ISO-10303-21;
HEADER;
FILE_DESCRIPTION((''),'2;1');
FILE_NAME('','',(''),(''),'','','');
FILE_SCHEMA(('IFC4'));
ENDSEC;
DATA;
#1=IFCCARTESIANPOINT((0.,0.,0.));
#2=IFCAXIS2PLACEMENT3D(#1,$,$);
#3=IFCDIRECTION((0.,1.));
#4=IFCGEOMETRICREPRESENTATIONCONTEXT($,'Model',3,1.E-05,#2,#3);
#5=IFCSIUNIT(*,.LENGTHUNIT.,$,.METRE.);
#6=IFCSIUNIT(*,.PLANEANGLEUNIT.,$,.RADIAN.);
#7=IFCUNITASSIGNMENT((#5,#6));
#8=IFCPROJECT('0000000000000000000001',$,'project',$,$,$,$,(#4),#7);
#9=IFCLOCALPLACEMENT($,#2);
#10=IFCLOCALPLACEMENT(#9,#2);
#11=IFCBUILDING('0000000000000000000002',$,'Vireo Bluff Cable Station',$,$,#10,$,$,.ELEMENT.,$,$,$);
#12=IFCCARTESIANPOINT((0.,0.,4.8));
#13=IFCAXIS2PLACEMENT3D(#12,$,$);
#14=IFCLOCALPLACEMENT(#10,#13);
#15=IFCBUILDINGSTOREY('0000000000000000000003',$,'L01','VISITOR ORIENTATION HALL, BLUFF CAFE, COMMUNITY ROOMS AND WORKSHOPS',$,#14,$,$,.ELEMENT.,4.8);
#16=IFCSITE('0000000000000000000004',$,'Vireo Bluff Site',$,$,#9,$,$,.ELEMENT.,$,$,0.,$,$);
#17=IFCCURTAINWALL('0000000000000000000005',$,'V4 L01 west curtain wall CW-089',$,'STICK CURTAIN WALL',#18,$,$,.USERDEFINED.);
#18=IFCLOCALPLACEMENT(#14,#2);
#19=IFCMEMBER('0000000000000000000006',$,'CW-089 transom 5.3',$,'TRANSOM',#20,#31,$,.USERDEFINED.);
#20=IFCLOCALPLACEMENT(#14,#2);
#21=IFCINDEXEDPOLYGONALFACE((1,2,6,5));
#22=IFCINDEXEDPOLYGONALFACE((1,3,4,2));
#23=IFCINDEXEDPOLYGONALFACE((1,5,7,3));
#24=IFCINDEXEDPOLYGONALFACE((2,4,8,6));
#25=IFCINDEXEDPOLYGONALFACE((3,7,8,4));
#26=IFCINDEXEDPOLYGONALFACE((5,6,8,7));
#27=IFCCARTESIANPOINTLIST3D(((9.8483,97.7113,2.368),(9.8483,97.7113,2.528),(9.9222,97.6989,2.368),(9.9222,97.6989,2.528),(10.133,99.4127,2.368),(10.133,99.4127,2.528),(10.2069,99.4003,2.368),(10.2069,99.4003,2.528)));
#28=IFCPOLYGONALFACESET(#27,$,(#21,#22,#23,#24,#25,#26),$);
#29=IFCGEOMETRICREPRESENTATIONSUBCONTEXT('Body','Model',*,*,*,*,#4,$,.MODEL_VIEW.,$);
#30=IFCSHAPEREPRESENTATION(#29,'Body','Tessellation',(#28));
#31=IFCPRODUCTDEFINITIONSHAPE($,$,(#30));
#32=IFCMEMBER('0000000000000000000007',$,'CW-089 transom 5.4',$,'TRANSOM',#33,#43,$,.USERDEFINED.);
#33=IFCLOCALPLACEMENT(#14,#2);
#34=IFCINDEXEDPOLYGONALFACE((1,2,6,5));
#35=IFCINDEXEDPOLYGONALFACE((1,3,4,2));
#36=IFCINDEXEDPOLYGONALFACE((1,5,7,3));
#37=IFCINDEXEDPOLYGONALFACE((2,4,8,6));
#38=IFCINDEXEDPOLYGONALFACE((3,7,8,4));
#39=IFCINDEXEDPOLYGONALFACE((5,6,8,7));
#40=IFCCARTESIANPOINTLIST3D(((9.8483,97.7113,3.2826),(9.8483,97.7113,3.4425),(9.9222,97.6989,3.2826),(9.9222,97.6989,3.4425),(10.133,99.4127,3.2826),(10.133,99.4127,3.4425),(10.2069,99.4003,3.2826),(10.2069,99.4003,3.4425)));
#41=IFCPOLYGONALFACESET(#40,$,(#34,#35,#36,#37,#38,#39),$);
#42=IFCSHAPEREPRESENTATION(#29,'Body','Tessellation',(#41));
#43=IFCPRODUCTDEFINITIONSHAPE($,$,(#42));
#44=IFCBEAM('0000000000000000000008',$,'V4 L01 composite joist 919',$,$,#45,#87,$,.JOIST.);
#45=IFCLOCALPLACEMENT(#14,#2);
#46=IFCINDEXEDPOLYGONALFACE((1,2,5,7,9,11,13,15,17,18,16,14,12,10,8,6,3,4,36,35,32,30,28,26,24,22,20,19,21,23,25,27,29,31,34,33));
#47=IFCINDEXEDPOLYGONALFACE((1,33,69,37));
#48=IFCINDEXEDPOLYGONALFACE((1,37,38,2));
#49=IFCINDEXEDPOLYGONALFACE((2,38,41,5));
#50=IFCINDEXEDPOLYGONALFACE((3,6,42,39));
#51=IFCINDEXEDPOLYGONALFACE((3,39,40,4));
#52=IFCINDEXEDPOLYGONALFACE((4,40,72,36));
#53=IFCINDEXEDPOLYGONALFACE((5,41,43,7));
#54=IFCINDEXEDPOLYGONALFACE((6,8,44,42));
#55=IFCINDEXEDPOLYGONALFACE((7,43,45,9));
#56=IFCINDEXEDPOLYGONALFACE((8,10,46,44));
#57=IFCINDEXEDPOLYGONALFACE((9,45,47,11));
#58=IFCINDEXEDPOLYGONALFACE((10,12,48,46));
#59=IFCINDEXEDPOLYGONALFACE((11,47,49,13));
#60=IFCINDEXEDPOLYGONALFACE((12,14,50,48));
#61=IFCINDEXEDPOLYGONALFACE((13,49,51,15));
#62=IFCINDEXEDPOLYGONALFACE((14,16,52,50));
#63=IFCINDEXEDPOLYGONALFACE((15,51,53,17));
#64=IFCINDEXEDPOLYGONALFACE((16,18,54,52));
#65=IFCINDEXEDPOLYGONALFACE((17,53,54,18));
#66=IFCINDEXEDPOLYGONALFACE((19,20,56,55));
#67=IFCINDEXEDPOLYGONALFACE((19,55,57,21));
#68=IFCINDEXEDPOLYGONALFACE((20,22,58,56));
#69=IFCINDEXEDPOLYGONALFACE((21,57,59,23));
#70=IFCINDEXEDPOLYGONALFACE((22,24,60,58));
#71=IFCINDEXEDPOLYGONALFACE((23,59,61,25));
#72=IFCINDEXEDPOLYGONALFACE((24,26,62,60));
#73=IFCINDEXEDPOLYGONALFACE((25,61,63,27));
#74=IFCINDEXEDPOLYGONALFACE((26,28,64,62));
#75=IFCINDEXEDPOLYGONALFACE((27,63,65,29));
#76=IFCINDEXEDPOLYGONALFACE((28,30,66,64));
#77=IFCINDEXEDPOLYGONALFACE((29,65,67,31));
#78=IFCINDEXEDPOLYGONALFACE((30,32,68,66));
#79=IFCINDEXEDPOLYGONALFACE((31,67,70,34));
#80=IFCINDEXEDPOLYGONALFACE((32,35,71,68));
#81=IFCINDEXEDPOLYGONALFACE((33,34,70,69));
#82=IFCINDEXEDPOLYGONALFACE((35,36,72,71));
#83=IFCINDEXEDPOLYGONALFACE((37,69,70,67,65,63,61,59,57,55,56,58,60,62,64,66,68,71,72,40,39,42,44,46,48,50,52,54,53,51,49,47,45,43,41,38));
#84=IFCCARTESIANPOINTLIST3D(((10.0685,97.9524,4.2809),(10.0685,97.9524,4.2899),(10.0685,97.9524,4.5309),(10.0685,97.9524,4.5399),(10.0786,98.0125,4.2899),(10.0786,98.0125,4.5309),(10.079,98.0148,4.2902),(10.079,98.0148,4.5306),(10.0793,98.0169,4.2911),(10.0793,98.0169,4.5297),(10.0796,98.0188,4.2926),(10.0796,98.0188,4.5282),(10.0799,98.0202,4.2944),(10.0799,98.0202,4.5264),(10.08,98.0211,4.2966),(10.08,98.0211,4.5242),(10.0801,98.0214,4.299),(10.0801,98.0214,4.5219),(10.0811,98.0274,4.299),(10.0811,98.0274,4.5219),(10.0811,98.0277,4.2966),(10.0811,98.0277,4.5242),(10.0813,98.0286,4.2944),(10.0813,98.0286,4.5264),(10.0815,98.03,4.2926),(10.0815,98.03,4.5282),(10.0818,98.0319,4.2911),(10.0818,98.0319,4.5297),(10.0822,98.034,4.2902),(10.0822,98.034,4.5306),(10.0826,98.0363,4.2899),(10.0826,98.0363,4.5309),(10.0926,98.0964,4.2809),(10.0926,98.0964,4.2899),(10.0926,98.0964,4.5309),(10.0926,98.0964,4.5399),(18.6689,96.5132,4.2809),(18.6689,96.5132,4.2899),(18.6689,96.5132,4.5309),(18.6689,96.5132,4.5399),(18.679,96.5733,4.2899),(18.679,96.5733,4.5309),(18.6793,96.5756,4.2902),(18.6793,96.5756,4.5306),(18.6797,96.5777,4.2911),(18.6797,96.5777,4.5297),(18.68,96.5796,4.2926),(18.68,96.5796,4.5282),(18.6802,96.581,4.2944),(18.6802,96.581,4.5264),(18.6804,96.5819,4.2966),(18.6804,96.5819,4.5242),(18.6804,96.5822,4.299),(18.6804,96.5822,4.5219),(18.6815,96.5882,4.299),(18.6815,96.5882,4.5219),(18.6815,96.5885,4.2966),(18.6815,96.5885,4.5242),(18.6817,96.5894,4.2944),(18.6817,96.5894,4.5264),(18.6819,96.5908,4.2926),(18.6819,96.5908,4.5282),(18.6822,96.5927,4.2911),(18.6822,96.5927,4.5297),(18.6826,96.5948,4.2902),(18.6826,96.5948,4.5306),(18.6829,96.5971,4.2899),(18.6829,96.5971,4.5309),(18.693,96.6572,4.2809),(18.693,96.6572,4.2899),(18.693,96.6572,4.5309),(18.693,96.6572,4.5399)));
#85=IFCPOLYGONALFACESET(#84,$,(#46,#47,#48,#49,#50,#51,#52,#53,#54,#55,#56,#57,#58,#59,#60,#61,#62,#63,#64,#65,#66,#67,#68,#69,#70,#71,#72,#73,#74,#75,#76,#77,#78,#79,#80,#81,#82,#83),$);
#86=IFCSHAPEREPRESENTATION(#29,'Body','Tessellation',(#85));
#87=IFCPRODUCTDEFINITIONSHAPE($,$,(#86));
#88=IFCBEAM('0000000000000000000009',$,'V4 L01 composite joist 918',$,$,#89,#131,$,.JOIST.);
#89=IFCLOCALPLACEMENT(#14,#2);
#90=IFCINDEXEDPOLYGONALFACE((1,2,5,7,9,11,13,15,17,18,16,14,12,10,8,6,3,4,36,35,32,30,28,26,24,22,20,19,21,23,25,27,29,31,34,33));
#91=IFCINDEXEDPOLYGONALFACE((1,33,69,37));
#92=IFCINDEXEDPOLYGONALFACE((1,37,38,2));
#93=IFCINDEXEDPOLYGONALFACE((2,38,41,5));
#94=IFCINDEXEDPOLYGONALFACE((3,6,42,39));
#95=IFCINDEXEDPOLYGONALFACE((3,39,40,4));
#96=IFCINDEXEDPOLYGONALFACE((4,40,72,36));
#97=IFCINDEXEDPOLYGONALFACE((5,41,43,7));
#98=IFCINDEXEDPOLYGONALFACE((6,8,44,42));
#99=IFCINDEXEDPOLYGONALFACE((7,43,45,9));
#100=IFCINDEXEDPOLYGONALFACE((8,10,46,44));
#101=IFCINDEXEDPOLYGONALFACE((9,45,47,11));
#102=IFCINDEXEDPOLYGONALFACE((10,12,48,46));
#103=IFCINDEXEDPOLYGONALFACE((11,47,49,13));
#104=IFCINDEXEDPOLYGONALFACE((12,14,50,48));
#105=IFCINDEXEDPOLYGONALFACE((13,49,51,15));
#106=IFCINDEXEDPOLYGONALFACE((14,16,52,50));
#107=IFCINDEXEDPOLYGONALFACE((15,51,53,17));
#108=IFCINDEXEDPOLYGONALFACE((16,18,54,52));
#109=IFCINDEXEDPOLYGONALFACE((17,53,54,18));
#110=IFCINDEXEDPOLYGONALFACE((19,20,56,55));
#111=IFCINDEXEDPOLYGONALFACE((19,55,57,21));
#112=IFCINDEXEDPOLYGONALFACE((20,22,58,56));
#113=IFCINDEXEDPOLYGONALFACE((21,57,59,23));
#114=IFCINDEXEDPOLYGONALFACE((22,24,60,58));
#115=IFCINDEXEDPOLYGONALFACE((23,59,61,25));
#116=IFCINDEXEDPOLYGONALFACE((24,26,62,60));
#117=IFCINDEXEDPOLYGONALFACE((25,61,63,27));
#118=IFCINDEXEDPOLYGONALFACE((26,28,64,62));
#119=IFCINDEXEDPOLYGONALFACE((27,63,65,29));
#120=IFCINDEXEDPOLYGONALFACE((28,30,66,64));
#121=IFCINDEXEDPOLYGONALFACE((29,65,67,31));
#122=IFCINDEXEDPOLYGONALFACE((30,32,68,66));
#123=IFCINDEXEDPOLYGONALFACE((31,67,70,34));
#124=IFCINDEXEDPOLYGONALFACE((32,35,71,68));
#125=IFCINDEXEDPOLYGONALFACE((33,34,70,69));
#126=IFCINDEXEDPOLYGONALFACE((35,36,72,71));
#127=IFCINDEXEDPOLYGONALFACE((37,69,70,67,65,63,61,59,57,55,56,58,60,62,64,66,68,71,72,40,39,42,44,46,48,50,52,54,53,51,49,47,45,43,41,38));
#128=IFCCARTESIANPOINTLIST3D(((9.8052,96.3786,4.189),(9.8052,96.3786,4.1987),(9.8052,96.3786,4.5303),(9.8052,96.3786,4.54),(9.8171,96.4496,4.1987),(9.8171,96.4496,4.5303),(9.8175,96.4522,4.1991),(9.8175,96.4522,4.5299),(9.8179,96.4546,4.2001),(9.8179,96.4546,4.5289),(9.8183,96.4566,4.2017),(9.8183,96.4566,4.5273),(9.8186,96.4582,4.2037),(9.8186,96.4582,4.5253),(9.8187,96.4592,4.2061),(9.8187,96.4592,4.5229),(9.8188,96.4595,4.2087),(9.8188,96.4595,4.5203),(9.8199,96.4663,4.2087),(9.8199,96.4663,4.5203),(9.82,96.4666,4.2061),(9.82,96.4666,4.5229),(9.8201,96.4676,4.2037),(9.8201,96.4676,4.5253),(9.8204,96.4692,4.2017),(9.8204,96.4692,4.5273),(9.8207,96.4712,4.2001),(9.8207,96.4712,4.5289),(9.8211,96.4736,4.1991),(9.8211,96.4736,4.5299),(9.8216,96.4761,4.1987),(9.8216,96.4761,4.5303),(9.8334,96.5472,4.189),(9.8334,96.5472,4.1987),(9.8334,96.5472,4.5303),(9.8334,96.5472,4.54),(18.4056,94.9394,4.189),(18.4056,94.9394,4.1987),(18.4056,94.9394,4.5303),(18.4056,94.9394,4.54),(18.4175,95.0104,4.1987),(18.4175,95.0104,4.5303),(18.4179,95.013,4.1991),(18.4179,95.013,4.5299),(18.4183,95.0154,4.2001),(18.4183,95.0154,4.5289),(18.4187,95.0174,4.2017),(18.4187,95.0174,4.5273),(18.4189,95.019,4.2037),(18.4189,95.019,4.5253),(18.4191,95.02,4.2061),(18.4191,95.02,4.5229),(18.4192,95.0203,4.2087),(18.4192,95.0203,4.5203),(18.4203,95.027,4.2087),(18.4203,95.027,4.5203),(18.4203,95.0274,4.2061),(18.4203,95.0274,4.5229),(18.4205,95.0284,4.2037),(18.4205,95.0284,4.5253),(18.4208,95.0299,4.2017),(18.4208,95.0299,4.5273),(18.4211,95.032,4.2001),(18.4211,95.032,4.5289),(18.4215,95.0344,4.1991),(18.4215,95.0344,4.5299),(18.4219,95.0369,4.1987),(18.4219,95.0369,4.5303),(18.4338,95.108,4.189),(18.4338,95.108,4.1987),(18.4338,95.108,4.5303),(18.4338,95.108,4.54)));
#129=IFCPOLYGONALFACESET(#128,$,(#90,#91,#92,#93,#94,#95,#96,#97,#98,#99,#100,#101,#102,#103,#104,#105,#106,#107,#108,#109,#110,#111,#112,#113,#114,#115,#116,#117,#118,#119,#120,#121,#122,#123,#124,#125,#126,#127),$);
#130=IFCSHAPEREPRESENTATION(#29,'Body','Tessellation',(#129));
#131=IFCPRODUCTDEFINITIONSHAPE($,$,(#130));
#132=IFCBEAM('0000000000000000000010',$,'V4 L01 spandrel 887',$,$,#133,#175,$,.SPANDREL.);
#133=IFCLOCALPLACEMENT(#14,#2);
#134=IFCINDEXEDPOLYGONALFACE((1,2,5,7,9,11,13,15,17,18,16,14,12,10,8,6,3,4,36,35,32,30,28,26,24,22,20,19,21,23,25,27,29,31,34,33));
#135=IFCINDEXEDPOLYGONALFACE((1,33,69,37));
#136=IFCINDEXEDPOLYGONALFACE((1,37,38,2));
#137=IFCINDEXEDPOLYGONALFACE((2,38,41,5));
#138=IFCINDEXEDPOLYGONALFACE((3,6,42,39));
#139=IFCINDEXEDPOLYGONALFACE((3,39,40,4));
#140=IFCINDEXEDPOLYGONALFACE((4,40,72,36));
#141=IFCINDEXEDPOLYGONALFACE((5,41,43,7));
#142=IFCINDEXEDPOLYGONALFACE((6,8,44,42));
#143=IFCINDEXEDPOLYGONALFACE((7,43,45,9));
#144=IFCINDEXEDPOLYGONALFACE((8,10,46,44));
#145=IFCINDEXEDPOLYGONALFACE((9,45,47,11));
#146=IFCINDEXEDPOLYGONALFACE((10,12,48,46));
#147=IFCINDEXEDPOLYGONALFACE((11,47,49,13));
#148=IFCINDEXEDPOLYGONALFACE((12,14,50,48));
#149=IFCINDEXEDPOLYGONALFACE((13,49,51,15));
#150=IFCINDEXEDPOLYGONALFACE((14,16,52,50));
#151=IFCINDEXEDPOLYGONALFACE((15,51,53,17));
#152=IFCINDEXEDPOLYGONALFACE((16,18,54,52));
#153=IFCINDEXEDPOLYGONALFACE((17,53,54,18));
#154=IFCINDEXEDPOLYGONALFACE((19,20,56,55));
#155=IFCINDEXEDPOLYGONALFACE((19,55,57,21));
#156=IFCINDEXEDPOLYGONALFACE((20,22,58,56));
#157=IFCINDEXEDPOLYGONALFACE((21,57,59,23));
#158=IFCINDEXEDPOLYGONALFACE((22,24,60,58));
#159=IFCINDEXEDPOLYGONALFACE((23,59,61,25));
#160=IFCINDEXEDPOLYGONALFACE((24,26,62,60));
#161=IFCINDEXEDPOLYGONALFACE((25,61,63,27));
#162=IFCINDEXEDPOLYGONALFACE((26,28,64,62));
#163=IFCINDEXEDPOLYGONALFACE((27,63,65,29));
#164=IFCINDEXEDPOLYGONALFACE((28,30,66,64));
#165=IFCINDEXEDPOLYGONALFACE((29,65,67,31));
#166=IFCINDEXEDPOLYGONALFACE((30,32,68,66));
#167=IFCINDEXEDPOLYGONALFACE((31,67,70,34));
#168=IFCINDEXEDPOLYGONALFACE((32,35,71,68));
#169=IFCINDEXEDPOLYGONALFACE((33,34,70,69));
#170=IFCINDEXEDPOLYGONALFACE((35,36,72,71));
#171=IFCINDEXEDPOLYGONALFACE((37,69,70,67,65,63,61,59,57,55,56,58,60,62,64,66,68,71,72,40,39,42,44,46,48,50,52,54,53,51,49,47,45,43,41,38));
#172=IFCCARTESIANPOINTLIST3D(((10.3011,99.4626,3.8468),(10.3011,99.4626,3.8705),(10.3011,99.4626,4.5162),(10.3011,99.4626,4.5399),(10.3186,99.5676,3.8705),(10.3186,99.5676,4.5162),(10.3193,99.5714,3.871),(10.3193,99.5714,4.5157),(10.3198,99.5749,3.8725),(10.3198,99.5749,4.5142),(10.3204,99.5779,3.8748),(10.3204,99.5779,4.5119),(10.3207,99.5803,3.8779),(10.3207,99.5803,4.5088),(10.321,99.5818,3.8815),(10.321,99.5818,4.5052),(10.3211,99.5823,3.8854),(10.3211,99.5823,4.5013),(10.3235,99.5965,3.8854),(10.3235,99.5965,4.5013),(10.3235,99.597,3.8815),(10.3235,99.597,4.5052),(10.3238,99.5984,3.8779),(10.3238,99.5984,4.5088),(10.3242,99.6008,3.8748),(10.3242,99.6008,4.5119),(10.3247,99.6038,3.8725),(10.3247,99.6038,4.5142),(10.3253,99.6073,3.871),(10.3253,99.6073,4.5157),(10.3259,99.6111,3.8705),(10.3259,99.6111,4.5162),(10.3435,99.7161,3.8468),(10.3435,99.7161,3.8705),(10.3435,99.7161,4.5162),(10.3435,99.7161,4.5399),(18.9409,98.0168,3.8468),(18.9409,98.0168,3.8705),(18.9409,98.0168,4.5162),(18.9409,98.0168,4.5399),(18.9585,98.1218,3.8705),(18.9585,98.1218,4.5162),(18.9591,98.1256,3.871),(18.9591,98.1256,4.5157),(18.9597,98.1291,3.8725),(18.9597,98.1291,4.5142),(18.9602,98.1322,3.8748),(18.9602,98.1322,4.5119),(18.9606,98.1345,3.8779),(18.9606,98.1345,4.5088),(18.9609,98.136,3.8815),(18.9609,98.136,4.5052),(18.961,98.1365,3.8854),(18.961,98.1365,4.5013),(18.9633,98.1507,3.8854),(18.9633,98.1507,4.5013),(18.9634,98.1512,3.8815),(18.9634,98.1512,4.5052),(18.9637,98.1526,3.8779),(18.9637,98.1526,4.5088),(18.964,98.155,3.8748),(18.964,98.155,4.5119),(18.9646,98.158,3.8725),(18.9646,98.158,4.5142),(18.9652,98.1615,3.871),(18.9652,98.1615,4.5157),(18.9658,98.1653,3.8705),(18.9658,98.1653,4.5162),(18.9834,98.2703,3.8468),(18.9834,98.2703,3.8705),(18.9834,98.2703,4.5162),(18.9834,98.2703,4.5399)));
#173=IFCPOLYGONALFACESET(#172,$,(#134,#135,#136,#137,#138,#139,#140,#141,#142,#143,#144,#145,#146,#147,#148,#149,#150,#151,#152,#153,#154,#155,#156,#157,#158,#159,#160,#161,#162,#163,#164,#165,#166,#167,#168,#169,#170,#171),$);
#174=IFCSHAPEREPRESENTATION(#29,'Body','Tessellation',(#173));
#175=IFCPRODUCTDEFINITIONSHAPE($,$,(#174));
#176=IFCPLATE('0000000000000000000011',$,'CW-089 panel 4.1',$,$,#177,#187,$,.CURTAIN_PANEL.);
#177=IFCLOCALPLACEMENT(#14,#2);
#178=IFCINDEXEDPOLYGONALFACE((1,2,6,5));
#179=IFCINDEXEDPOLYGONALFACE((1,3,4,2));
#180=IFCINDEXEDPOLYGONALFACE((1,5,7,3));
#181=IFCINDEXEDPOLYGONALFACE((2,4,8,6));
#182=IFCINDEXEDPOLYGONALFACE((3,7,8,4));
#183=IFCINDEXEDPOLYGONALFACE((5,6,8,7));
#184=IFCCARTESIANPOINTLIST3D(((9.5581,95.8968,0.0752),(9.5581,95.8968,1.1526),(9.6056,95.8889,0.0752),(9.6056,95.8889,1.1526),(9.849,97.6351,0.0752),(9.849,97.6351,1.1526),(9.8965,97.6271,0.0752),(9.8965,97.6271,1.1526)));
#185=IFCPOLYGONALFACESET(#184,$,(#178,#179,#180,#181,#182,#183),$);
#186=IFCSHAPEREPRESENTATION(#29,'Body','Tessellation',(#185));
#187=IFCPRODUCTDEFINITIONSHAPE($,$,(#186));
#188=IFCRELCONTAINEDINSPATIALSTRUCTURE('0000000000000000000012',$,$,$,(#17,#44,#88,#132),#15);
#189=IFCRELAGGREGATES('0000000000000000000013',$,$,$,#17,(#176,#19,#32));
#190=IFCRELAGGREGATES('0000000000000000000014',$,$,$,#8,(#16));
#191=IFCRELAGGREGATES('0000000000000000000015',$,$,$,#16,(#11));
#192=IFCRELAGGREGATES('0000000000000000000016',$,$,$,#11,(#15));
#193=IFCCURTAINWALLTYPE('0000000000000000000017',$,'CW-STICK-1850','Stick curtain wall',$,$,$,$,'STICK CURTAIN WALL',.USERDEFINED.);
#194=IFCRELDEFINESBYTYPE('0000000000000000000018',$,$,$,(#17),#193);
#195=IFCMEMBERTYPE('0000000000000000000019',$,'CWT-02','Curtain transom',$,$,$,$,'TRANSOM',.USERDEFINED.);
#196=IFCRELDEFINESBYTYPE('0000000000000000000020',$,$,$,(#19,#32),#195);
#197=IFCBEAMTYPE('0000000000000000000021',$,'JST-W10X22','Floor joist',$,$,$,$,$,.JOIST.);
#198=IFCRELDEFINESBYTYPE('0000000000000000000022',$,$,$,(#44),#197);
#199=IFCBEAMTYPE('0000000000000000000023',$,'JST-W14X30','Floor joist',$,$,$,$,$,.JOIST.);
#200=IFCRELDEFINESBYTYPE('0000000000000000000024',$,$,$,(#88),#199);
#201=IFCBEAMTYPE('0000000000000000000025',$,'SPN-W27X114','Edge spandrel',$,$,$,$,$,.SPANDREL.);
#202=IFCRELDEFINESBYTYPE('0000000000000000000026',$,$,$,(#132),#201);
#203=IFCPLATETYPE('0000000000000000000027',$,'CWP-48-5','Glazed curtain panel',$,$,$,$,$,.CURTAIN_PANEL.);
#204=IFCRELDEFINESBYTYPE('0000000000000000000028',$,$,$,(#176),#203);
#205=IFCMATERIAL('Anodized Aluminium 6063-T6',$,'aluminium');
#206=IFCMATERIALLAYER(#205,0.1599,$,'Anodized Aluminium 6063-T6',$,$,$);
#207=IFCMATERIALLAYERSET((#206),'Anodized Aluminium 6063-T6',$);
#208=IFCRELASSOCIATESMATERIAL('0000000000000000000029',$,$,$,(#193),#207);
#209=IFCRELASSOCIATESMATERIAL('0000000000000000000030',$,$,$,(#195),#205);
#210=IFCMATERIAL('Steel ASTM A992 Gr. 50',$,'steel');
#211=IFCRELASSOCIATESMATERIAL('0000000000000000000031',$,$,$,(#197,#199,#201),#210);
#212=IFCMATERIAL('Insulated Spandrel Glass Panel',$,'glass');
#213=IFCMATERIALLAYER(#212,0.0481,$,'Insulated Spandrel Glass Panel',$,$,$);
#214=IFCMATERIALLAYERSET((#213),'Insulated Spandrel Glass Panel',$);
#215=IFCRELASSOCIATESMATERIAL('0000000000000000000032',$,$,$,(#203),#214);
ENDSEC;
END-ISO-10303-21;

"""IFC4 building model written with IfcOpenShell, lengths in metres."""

from ifc_helpers import new_model, si_unit, direction, frame, origin, origin_2d, place, context, subcontext, project, spatial, rectangle, i_section, extrude, material, layer, layer_set, material_profile, profile_set, type_object, element, aggregate, save


model = new_model("IFC4")

# Units and contexts
model_context = context("Model", 3, precision=1e-05, world=origin(), true_north=direction((0.0, 1.0)))
body_context = subcontext(model_context, "Body", "Model", "MODEL_VIEW")
ifc_project = project(units=[si_unit("LENGTHUNIT", "METRE"), si_unit("PLANEANGLEUNIT", "RADIAN")], contexts=[model_context])

# Site, building, storey
site_placement = place(None, origin())
site = spatial("IfcSite", under=ifc_project, at=site_placement, Name="Vireo Bluff Site", CompositionType="ELEMENT", RefElevation=0.0)
building_placement = place(site_placement, origin())
building = spatial("IfcBuilding", under=site, at=building_placement, Name="Vireo Bluff Cable Station", CompositionType="ELEMENT")
storey_placement = place(building_placement, frame((0.0, 0.0, 4.8)))
storey = spatial("IfcBuildingStorey", under=building, at=storey_placement, Name="L01", Description="VISITOR ORIENTATION HALL, BLUFF CAFE, COMMUNITY ROOMS AND WORKSHOPS", CompositionType="ELEMENT", Elevation=4.8)

# Shared definitions
ifc_material_1 = material(Name="Steel ASTM A992 Gr. 50", Category="steel")

# Curtain wall, members
ifc_material_2 = material(Name="Anodized Aluminium 6063-T6", Category="aluminium")
ifc_layer_1 = layer(ifc_material_2, 0.1599, Name="Anodized Aluminium 6063-T6")
ifc_layer_set_1 = layer_set([ifc_layer_1], Name="Anodized Aluminium 6063-T6")
curtain_wall_type = type_object("IfcCurtainWallType", Name="CW-STICK-1850", Description="Stick curtain wall", ElementType="STICK CURTAIN WALL", PredefinedType="USERDEFINED", material=ifc_layer_set_1)
curtain_wall_placement = place(storey_placement, origin())
curtain_wall = element("IfcCurtainWall", 1, at=curtain_wall_placement, inside=storey, type_object=curtain_wall_type, Name="V4 L01 west curtain wall CW-089", ObjectType="STICK CURTAIN WALL", PredefinedType="USERDEFINED")
ifc_material_profile_1 = material_profile(ifc_material_2, rectangle(XDim=0.075, YDim=0.1599, at=origin_2d()), Name="ALU-T-75X160")
ifc_profile_set_1 = profile_set([ifc_material_profile_1], Name="Anodized Aluminium 6063-T6")
member_type_1 = type_object("IfcMemberType", Name="CWT-02", Description="Curtain transom", ElementType="TRANSOM", PredefinedType="USERDEFINED", material=ifc_profile_set_1)
member_1_placement = place(storey_placement, frame((9.8853, 97.7051, 2.448), z_axis=(0.165019, 0.98629, 0.0), x_axis=(-0.98629, 0.165019, 0.0)))
member_1 = element("IfcMember", 2, at=member_1_placement, type_object=member_type_1, Name="CW-089 transom 5.3", ObjectType="TRANSOM", PredefinedType="USERDEFINED", context=body_context, shape_type="SweptSolid", body=[
    extrude(rectangle(XDim=0.075, YDim=0.1599, at=origin_2d()), origin(), (0.0, 0.0, 1.0), 1.7251),
])
member_2_placement = place(storey_placement, frame((9.8853, 97.7051, 3.3625), z_axis=(0.165019, 0.98629, 0.0), x_axis=(-0.98629, 0.165019, 0.0)))
member_2 = element("IfcMember", 3, at=member_2_placement, type_object=member_type_1, Name="CW-089 transom 5.4", ObjectType="TRANSOM", PredefinedType="USERDEFINED", context=body_context, shape_type="SweptSolid", body=[
    extrude(rectangle(XDim=0.075, YDim=0.1599, at=origin_2d()), origin(), (0.0, 0.0, 1.0), 1.7251),
])

# Beams
ifc_material_profile_2 = material_profile(ifc_material_1, i_section(OverallWidth=0.146, OverallDepth=0.259, WebThickness=0.0061, FlangeThickness=0.009, FilletRadius=0.009, at=origin_2d()), Name="W10X22")
ifc_profile_set_2 = profile_set([ifc_material_profile_2], Name="Steel ASTM A992 Gr. 50")
beam_type_1 = type_object("IfcBeamType", Name="JST-W10X22", Description="Floor joist", PredefinedType="JOIST", material=ifc_profile_set_2)
beam_1_placement = place(storey_placement, frame((10.0806, 98.0244, 4.4104), z_axis=(0.986286, -0.165048, 0.0), x_axis=(0.165048, 0.986286, 0.0)))
element("IfcBeam", 4, at=beam_1_placement, inside=storey, type_object=beam_type_1, Name="V4 L01 composite joist 919", PredefinedType="JOIST", context=body_context, shape_type="SweptSolid", body=[
    extrude(i_section(OverallWidth=0.146, OverallDepth=0.259, WebThickness=0.0061, FlangeThickness=0.009, FilletRadius=0.009, at=origin_2d()), origin(), (0.0, 0.0, 1.0), 8.72),
])
ifc_material_profile_3 = material_profile(ifc_material_1, i_section(OverallWidth=0.1709, OverallDepth=0.3511, WebThickness=0.0068, FlangeThickness=0.0098, FilletRadius=0.01, at=origin_2d()), Name="W14X30")
ifc_profile_set_3 = profile_set([ifc_material_profile_3], Name="Steel ASTM A992 Gr. 50")
beam_type_2 = type_object("IfcBeamType", Name="JST-W14X30", Description="Floor joist", PredefinedType="JOIST", material=ifc_profile_set_3)
beam_2_placement = place(storey_placement, frame((9.8193, 96.4629, 4.3645), z_axis=(0.986286, -0.165048, 0.0), x_axis=(0.165048, 0.986286, 0.0)))
element("IfcBeam", 5, at=beam_2_placement, inside=storey, type_object=beam_type_2, Name="V4 L01 composite joist 918", PredefinedType="JOIST", context=body_context, shape_type="SweptSolid", body=[
    extrude(i_section(OverallWidth=0.1709, OverallDepth=0.3511, WebThickness=0.0068, FlangeThickness=0.0098, FilletRadius=0.01, at=origin_2d()), origin(), (0.0, 0.0, 1.0), 8.72),
])
ifc_material_profile_4 = material_profile(ifc_material_1, i_section(OverallWidth=0.2571, OverallDepth=0.6931, WebThickness=0.0144, FlangeThickness=0.0237, FilletRadius=0.0149, at=origin_2d()), Name="W27X114")
ifc_profile_set_4 = profile_set([ifc_material_profile_4], Name="Steel ASTM A992 Gr. 50")
beam_type_3 = type_object("IfcBeamType", Name="SPN-W27X114", Description="Edge spandrel", PredefinedType="SPANDREL", material=ifc_profile_set_4)
beam_3_placement = place(storey_placement, frame((10.3223, 99.5894, 4.1934), z_axis=(0.986286, -0.165045, 0.0), x_axis=(0.165045, 0.986286, 0.0)))
element("IfcBeam", 6, at=beam_3_placement, inside=storey, type_object=beam_type_3, Name="V4 L01 spandrel 887", PredefinedType="SPANDREL", context=body_context, shape_type="SweptSolid", body=[
    extrude(i_section(OverallWidth=0.2571, OverallDepth=0.6931, WebThickness=0.0144, FlangeThickness=0.0237, FilletRadius=0.0149, at=origin_2d()), origin(), (0.0, 0.0, 1.0), 8.76),
])

# Plate
ifc_material_3 = material(Name="Insulated Spandrel Glass Panel", Category="glass")
ifc_layer_2 = layer(ifc_material_3, 0.0481, Name="Insulated Spandrel Glass Panel")
ifc_layer_set_2 = layer_set([ifc_layer_2], Name="Insulated Spandrel Glass Panel")
plate_type_1 = type_object("IfcPlateType", Name="CWP-48-5", Description="Glazed curtain panel", PredefinedType="CURTAIN_PANEL", material=ifc_layer_set_2)
plate_1_placement = place(storey_placement, frame((9.7273, 96.762, 0.0752), z_axis=(0.0, 0.0, 1.0), x_axis=(0.165048, 0.986286, 0.0)))
plate_1 = element("IfcPlate", 7, at=plate_1_placement, type_object=plate_type_1, Name="CW-089 panel 4.1", PredefinedType="CURTAIN_PANEL", context=body_context, shape_type="SweptSolid", body=[
    extrude(rectangle(XDim=1.7625, YDim=0.0481, at=origin_2d()), origin(), (0.0, 0.0, 1.0), 1.0774),
])
aggregate(curtain_wall, [plate_1, member_1, member_2])

save(model, "model.ifc")
